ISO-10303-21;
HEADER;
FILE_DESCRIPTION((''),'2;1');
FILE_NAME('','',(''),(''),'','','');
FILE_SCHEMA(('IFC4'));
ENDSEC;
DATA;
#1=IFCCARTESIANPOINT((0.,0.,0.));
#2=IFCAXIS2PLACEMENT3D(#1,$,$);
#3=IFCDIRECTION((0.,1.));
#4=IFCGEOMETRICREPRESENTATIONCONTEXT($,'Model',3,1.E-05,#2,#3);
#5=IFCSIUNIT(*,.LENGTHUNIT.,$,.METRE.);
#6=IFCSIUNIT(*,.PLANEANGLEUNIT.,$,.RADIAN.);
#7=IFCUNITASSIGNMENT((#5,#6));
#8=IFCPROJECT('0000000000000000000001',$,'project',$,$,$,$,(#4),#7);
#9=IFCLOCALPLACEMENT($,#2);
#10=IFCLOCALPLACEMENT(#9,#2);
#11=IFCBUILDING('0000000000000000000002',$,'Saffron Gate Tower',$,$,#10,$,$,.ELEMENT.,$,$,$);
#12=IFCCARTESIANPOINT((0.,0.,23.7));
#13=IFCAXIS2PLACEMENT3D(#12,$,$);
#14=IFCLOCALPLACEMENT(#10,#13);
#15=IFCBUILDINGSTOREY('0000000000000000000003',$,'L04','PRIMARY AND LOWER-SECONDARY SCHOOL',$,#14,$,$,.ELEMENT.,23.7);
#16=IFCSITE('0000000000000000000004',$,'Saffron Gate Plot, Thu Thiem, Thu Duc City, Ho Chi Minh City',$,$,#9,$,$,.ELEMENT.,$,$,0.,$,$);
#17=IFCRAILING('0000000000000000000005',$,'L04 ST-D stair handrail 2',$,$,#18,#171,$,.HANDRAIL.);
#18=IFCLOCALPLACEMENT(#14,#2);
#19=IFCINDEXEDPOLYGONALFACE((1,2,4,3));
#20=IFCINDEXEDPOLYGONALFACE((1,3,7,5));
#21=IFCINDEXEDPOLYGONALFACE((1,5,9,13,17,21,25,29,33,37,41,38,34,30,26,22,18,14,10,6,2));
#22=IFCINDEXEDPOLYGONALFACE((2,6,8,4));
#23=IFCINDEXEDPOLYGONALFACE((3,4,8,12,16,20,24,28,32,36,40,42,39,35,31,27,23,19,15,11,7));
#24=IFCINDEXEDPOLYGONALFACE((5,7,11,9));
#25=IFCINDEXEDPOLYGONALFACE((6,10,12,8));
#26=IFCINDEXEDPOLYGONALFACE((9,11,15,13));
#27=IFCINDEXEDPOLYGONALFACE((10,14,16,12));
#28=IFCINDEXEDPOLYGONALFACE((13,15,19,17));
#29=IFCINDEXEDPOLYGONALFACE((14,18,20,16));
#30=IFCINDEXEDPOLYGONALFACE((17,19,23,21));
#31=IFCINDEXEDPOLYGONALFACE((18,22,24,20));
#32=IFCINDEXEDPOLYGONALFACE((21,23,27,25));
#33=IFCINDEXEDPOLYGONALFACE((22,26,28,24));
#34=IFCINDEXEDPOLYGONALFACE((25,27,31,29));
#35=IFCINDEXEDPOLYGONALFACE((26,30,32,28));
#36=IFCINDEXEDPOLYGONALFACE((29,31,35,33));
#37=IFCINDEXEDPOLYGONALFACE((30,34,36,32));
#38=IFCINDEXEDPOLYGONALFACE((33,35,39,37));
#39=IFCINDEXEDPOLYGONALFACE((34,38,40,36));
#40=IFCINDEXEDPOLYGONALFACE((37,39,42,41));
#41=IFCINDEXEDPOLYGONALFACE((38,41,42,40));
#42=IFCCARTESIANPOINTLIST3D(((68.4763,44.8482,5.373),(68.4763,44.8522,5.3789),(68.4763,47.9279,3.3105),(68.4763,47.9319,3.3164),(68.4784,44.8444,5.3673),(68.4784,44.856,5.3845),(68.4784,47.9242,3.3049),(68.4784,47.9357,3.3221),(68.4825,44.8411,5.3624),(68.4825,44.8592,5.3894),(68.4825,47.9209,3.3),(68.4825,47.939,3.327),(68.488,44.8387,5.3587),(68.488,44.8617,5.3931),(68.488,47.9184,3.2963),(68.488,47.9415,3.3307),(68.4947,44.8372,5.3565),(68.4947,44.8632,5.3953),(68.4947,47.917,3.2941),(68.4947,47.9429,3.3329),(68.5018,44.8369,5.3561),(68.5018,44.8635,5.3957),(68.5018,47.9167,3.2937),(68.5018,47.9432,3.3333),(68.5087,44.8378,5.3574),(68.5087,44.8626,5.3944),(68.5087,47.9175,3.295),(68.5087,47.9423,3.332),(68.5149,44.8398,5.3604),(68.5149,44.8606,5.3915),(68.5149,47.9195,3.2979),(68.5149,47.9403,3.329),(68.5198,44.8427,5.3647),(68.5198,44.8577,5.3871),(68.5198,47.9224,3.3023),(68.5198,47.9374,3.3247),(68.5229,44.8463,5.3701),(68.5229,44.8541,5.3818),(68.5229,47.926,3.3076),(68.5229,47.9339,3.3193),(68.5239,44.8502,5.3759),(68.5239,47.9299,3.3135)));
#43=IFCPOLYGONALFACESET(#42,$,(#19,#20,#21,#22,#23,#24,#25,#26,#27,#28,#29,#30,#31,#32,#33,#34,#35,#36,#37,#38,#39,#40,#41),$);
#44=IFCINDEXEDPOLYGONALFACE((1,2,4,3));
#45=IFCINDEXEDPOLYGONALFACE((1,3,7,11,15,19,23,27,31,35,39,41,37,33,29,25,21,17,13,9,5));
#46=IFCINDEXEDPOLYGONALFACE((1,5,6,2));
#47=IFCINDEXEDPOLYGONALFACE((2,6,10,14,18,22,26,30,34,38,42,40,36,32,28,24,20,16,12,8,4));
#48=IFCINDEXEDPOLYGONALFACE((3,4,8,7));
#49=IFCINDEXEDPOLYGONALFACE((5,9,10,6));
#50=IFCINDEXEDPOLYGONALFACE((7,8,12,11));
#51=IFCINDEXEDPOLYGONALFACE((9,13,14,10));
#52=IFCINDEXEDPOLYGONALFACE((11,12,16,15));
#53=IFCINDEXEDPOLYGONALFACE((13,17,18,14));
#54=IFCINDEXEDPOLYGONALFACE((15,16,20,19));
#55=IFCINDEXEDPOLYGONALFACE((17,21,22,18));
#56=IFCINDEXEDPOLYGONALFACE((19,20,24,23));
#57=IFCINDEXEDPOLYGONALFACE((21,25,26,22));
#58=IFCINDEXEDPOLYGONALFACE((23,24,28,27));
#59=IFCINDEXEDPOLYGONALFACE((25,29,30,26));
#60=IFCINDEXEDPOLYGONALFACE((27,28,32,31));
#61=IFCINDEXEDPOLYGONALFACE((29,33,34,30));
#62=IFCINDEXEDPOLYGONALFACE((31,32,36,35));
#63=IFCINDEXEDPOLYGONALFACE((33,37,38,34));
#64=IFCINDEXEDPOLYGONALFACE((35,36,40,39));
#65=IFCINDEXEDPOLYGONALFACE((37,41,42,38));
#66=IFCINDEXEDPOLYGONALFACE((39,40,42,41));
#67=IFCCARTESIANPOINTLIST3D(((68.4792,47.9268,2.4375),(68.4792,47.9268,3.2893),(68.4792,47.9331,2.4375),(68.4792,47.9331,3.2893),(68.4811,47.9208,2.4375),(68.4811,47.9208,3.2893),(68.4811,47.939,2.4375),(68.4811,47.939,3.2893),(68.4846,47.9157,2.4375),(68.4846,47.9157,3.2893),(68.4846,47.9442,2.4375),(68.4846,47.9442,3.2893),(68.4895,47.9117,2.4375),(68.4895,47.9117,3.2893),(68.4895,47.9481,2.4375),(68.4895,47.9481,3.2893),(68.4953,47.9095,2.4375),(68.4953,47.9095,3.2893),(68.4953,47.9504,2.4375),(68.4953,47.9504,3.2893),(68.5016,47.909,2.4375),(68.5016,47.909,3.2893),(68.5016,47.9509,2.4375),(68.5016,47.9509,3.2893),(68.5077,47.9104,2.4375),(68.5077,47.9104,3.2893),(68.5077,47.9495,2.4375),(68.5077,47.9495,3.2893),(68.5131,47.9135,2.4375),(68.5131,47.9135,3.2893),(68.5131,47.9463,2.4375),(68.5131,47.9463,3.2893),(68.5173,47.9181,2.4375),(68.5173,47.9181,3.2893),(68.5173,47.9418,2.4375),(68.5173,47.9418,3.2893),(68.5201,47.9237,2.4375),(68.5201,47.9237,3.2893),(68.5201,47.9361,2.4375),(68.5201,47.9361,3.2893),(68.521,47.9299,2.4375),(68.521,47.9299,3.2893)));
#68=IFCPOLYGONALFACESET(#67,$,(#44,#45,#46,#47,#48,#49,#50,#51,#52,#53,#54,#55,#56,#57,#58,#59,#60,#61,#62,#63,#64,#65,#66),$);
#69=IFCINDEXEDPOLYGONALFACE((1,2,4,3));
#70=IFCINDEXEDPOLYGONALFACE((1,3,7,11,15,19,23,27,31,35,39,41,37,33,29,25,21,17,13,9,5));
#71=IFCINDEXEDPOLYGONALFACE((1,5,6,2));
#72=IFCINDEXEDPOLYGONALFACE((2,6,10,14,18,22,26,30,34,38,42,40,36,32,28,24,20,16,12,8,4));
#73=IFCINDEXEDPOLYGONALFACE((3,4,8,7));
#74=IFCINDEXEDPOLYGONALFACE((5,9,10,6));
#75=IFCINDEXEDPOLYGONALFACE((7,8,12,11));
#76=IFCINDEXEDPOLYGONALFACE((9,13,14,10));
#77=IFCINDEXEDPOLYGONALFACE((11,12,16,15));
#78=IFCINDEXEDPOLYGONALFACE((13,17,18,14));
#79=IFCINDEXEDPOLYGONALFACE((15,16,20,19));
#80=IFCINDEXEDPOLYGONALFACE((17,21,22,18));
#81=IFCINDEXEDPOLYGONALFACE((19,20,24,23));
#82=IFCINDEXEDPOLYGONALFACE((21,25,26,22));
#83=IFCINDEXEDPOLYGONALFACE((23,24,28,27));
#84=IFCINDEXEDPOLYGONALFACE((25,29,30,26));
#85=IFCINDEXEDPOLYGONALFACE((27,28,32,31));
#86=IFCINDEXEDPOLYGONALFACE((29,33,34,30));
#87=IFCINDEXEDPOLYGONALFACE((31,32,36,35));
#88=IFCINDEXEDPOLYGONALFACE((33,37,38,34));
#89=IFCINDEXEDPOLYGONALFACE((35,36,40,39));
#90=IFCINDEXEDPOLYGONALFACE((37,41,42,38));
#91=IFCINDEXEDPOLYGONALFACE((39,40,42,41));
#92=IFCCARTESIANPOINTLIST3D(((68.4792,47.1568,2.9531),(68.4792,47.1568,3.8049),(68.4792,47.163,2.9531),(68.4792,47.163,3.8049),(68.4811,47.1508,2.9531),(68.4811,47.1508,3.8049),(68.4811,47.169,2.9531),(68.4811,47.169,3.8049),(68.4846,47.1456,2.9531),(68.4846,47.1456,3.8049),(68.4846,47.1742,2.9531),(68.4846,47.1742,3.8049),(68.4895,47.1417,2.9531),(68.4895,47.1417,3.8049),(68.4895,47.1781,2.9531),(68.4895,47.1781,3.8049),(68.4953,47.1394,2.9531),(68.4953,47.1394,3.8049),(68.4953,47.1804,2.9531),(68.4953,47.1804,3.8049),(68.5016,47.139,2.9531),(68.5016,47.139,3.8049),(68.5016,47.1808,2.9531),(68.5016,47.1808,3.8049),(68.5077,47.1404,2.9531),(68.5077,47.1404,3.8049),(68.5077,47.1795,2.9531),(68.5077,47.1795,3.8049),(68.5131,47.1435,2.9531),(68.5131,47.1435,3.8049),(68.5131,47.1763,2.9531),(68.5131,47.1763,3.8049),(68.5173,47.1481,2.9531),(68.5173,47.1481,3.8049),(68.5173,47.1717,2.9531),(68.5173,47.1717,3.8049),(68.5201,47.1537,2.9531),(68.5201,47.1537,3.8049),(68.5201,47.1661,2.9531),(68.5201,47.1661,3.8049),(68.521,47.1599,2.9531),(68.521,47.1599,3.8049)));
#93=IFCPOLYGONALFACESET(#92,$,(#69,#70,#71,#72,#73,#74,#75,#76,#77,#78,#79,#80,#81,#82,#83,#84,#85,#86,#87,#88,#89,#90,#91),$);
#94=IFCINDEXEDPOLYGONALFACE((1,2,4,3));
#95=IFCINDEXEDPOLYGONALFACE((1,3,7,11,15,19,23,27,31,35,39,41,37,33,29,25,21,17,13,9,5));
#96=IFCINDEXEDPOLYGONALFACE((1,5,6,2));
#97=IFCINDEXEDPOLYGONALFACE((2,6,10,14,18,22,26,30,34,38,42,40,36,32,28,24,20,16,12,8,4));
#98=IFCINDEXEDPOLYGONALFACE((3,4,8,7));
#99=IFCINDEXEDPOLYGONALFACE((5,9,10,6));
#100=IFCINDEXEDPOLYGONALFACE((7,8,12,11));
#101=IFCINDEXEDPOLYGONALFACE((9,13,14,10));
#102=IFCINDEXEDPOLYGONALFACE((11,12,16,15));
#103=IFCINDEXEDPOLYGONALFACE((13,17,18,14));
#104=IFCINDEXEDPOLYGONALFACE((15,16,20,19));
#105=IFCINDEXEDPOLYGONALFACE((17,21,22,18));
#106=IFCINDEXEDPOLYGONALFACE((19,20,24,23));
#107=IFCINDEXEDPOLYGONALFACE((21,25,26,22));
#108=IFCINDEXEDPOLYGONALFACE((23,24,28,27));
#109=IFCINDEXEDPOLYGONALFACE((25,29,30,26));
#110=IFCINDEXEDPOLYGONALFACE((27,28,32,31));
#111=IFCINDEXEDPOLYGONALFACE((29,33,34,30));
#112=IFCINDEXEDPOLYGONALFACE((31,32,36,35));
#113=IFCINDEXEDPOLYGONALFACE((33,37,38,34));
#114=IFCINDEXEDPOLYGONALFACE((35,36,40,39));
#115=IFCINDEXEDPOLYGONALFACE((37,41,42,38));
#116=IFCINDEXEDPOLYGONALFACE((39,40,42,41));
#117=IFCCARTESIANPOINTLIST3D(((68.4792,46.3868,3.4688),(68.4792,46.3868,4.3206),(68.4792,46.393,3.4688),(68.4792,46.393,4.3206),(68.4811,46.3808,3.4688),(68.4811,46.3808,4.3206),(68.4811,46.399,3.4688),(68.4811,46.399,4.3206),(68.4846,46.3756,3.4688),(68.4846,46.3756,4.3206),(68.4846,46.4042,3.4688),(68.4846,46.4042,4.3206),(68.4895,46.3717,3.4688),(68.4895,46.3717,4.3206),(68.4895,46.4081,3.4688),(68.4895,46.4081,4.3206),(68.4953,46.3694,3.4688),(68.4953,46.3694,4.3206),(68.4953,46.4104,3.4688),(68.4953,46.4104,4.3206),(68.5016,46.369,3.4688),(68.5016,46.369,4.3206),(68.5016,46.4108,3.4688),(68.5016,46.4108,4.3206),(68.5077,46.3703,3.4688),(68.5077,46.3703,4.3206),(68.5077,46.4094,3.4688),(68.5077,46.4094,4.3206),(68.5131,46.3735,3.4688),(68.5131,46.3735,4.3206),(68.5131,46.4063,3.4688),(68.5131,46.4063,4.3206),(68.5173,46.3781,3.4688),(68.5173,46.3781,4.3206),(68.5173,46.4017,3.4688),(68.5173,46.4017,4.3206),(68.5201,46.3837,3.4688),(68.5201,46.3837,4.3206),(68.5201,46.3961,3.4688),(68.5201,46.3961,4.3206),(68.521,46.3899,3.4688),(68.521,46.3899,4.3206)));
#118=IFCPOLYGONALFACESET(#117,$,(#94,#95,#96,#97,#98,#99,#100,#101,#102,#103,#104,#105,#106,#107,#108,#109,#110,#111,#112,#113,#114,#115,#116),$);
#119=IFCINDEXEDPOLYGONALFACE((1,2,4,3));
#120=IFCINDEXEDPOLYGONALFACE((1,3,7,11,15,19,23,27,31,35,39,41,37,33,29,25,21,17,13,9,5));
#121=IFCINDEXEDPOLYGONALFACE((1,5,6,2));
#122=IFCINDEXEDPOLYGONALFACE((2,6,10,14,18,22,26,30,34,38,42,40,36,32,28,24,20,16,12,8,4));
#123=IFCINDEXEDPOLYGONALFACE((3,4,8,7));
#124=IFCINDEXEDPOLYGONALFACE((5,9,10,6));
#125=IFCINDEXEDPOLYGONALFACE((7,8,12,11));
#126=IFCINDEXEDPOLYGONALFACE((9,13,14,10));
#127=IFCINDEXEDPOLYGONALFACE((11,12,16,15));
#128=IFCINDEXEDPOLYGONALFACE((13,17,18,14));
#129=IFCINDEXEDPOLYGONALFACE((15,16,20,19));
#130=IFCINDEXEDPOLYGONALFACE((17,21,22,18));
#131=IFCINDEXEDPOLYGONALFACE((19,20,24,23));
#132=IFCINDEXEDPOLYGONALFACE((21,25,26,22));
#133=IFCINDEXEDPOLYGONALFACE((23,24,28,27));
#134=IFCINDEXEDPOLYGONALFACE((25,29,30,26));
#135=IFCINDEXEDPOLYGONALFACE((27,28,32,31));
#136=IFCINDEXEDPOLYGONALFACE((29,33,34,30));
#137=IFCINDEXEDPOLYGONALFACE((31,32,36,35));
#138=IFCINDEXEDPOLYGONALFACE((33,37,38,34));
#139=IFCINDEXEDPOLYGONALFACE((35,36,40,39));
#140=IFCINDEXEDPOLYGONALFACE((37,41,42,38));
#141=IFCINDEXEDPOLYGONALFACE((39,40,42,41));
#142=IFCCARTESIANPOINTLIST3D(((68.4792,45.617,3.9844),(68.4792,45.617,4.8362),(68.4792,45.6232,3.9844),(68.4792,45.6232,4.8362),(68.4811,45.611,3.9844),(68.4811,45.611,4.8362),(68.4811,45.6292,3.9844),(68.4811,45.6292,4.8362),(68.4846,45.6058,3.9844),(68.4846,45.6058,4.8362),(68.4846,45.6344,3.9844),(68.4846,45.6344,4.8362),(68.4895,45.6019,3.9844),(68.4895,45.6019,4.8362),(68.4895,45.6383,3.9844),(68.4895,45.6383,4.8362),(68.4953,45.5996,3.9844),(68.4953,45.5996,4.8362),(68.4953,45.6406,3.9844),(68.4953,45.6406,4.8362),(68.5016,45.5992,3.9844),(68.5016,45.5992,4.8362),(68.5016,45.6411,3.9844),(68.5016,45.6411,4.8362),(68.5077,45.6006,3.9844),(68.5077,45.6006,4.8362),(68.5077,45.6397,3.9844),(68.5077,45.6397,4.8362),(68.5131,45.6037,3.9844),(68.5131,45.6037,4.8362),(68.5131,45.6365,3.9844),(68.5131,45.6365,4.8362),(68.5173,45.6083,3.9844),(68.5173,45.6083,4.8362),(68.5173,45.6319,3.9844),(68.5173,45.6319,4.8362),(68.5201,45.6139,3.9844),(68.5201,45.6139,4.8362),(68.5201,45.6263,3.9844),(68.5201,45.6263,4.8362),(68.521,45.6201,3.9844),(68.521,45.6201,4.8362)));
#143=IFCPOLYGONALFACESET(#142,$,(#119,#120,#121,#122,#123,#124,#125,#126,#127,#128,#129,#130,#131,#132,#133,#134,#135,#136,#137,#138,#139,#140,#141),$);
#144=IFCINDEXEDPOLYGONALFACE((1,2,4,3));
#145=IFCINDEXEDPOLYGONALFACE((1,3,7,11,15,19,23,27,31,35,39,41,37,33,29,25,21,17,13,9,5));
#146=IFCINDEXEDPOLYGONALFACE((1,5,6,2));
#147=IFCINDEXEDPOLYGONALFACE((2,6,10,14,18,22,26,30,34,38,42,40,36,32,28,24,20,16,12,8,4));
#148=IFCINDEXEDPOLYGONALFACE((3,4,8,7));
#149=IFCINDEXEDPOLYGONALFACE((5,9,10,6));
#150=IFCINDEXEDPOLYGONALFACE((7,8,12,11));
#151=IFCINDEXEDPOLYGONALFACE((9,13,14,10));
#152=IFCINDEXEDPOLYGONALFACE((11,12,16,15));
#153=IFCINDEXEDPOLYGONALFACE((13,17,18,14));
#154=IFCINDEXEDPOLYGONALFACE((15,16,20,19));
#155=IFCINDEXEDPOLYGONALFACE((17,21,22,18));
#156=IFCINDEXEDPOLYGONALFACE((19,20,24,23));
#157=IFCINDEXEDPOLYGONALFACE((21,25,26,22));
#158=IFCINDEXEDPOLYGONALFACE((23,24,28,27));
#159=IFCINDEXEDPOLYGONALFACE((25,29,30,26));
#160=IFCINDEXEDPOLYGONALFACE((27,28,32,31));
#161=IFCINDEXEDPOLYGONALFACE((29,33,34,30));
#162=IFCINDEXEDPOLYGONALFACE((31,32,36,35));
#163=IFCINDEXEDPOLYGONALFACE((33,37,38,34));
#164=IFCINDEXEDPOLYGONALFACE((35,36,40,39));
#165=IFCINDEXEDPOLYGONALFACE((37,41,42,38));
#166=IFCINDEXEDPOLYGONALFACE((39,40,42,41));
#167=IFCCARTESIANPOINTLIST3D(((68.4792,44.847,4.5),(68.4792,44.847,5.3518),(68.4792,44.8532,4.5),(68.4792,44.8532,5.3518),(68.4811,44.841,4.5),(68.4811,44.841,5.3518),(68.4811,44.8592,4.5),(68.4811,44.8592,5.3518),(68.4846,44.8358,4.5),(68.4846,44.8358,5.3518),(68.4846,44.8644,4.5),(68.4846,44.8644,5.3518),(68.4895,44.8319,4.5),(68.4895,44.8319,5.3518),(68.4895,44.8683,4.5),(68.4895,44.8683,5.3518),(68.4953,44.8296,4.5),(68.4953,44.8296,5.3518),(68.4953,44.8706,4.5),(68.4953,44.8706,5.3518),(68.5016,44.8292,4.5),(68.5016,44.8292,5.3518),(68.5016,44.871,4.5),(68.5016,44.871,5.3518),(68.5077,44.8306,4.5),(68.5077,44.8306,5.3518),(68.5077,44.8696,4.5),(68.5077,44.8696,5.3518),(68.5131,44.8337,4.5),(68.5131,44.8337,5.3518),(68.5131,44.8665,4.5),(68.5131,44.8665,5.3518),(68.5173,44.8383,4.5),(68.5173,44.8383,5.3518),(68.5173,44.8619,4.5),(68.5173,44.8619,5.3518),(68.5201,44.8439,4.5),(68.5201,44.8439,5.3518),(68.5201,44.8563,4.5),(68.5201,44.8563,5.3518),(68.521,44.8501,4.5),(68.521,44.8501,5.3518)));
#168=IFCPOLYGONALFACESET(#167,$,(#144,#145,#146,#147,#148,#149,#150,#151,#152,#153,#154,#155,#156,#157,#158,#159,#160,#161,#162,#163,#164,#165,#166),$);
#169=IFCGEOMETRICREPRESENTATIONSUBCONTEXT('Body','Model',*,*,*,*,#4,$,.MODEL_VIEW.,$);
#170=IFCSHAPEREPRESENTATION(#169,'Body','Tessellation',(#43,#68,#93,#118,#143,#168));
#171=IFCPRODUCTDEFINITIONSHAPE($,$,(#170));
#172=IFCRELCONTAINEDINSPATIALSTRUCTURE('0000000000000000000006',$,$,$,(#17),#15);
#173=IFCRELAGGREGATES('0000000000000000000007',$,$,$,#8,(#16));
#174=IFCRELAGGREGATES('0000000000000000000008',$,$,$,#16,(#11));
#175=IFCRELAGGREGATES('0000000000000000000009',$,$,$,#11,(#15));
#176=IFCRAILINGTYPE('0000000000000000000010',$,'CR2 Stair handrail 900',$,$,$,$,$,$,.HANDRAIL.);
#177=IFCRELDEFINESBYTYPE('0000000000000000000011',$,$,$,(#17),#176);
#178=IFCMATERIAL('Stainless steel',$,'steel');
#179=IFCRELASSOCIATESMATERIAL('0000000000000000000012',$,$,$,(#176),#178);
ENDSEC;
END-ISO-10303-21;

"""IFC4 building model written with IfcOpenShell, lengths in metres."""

from ifc_helpers import new_model, si_unit, direction, frame, origin, origin_2d, place, context, subcontext, project, spatial, circle, extrude, material, type_object, element, save


model = new_model("IFC4")

# Units and contexts
model_context = context("Model", 3, precision=1e-05, world=origin(), true_north=direction((0.0, 1.0)))
body_context = subcontext(model_context, "Body", "Model", "MODEL_VIEW")
ifc_project = project(units=[si_unit("LENGTHUNIT", "METRE"), si_unit("PLANEANGLEUNIT", "RADIAN")], contexts=[model_context])

# Site, building, storey
site_placement = place(None, origin())
site = spatial("IfcSite", under=ifc_project, at=site_placement, Name="Saffron Gate Plot, Thu Thiem, Thu Duc City, Ho Chi Minh City", CompositionType="ELEMENT", RefElevation=0.0)
building_placement = place(site_placement, origin())
building = spatial("IfcBuilding", under=site, at=building_placement, Name="Saffron Gate Tower", CompositionType="ELEMENT")
storey_placement = place(building_placement, frame((0.0, 0.0, 23.7)))
storey = spatial("IfcBuildingStorey", under=building, at=storey_placement, Name="L04", Description="PRIMARY AND LOWER-SECONDARY SCHOOL", CompositionType="ELEMENT", Elevation=23.7)

# Railing
ifc_material_1 = material(Name="Stainless steel", Category="steel")
railing_type_1 = type_object("IfcRailingType", Name="CR2 Stair handrail 900", PredefinedType="HANDRAIL", material=ifc_material_1)
railing_1_placement = place(storey_placement, frame((68.5, 47.9299, 2.4375)))
element("IfcRailing", 1, at=railing_1_placement, inside=storey, type_object=railing_type_1, Name="L04 ST-D stair handrail 2", PredefinedType="HANDRAIL", context=body_context, shape_type="SweptSolid", body=[
    extrude(circle(Radius=0.0239, at=origin_2d()), frame((0.0, 0.0, 0.876), z_axis=(0.0, -0.830893, 0.556432), x_axis=(1.0, 0.0, 0.0)), (0.0, 0.0, 1.0), 3.7065),
    extrude(circle(Radius=0.021, at=origin_2d()), origin(), (0.0, 0.0, 1.0), 0.8518),
    extrude(circle(Radius=0.021, at=origin_2d()), frame((0.0, -0.77, 0.5156)), (0.0, 0.0, 1.0), 0.8518),
    extrude(circle(Radius=0.021, at=origin_2d()), frame((0.0, -1.54, 1.0312)), (0.0, 0.0, 1.0), 0.8518),
    extrude(circle(Radius=0.021, at=origin_2d()), frame((0.0, -2.3098, 1.5469)), (0.0, 0.0, 1.0), 0.8518),
    extrude(circle(Radius=0.021, at=origin_2d()), frame((0.0, -3.0798, 2.0625)), (0.0, 0.0, 1.0), 0.8518),
])

save(model, "model.ifc")
